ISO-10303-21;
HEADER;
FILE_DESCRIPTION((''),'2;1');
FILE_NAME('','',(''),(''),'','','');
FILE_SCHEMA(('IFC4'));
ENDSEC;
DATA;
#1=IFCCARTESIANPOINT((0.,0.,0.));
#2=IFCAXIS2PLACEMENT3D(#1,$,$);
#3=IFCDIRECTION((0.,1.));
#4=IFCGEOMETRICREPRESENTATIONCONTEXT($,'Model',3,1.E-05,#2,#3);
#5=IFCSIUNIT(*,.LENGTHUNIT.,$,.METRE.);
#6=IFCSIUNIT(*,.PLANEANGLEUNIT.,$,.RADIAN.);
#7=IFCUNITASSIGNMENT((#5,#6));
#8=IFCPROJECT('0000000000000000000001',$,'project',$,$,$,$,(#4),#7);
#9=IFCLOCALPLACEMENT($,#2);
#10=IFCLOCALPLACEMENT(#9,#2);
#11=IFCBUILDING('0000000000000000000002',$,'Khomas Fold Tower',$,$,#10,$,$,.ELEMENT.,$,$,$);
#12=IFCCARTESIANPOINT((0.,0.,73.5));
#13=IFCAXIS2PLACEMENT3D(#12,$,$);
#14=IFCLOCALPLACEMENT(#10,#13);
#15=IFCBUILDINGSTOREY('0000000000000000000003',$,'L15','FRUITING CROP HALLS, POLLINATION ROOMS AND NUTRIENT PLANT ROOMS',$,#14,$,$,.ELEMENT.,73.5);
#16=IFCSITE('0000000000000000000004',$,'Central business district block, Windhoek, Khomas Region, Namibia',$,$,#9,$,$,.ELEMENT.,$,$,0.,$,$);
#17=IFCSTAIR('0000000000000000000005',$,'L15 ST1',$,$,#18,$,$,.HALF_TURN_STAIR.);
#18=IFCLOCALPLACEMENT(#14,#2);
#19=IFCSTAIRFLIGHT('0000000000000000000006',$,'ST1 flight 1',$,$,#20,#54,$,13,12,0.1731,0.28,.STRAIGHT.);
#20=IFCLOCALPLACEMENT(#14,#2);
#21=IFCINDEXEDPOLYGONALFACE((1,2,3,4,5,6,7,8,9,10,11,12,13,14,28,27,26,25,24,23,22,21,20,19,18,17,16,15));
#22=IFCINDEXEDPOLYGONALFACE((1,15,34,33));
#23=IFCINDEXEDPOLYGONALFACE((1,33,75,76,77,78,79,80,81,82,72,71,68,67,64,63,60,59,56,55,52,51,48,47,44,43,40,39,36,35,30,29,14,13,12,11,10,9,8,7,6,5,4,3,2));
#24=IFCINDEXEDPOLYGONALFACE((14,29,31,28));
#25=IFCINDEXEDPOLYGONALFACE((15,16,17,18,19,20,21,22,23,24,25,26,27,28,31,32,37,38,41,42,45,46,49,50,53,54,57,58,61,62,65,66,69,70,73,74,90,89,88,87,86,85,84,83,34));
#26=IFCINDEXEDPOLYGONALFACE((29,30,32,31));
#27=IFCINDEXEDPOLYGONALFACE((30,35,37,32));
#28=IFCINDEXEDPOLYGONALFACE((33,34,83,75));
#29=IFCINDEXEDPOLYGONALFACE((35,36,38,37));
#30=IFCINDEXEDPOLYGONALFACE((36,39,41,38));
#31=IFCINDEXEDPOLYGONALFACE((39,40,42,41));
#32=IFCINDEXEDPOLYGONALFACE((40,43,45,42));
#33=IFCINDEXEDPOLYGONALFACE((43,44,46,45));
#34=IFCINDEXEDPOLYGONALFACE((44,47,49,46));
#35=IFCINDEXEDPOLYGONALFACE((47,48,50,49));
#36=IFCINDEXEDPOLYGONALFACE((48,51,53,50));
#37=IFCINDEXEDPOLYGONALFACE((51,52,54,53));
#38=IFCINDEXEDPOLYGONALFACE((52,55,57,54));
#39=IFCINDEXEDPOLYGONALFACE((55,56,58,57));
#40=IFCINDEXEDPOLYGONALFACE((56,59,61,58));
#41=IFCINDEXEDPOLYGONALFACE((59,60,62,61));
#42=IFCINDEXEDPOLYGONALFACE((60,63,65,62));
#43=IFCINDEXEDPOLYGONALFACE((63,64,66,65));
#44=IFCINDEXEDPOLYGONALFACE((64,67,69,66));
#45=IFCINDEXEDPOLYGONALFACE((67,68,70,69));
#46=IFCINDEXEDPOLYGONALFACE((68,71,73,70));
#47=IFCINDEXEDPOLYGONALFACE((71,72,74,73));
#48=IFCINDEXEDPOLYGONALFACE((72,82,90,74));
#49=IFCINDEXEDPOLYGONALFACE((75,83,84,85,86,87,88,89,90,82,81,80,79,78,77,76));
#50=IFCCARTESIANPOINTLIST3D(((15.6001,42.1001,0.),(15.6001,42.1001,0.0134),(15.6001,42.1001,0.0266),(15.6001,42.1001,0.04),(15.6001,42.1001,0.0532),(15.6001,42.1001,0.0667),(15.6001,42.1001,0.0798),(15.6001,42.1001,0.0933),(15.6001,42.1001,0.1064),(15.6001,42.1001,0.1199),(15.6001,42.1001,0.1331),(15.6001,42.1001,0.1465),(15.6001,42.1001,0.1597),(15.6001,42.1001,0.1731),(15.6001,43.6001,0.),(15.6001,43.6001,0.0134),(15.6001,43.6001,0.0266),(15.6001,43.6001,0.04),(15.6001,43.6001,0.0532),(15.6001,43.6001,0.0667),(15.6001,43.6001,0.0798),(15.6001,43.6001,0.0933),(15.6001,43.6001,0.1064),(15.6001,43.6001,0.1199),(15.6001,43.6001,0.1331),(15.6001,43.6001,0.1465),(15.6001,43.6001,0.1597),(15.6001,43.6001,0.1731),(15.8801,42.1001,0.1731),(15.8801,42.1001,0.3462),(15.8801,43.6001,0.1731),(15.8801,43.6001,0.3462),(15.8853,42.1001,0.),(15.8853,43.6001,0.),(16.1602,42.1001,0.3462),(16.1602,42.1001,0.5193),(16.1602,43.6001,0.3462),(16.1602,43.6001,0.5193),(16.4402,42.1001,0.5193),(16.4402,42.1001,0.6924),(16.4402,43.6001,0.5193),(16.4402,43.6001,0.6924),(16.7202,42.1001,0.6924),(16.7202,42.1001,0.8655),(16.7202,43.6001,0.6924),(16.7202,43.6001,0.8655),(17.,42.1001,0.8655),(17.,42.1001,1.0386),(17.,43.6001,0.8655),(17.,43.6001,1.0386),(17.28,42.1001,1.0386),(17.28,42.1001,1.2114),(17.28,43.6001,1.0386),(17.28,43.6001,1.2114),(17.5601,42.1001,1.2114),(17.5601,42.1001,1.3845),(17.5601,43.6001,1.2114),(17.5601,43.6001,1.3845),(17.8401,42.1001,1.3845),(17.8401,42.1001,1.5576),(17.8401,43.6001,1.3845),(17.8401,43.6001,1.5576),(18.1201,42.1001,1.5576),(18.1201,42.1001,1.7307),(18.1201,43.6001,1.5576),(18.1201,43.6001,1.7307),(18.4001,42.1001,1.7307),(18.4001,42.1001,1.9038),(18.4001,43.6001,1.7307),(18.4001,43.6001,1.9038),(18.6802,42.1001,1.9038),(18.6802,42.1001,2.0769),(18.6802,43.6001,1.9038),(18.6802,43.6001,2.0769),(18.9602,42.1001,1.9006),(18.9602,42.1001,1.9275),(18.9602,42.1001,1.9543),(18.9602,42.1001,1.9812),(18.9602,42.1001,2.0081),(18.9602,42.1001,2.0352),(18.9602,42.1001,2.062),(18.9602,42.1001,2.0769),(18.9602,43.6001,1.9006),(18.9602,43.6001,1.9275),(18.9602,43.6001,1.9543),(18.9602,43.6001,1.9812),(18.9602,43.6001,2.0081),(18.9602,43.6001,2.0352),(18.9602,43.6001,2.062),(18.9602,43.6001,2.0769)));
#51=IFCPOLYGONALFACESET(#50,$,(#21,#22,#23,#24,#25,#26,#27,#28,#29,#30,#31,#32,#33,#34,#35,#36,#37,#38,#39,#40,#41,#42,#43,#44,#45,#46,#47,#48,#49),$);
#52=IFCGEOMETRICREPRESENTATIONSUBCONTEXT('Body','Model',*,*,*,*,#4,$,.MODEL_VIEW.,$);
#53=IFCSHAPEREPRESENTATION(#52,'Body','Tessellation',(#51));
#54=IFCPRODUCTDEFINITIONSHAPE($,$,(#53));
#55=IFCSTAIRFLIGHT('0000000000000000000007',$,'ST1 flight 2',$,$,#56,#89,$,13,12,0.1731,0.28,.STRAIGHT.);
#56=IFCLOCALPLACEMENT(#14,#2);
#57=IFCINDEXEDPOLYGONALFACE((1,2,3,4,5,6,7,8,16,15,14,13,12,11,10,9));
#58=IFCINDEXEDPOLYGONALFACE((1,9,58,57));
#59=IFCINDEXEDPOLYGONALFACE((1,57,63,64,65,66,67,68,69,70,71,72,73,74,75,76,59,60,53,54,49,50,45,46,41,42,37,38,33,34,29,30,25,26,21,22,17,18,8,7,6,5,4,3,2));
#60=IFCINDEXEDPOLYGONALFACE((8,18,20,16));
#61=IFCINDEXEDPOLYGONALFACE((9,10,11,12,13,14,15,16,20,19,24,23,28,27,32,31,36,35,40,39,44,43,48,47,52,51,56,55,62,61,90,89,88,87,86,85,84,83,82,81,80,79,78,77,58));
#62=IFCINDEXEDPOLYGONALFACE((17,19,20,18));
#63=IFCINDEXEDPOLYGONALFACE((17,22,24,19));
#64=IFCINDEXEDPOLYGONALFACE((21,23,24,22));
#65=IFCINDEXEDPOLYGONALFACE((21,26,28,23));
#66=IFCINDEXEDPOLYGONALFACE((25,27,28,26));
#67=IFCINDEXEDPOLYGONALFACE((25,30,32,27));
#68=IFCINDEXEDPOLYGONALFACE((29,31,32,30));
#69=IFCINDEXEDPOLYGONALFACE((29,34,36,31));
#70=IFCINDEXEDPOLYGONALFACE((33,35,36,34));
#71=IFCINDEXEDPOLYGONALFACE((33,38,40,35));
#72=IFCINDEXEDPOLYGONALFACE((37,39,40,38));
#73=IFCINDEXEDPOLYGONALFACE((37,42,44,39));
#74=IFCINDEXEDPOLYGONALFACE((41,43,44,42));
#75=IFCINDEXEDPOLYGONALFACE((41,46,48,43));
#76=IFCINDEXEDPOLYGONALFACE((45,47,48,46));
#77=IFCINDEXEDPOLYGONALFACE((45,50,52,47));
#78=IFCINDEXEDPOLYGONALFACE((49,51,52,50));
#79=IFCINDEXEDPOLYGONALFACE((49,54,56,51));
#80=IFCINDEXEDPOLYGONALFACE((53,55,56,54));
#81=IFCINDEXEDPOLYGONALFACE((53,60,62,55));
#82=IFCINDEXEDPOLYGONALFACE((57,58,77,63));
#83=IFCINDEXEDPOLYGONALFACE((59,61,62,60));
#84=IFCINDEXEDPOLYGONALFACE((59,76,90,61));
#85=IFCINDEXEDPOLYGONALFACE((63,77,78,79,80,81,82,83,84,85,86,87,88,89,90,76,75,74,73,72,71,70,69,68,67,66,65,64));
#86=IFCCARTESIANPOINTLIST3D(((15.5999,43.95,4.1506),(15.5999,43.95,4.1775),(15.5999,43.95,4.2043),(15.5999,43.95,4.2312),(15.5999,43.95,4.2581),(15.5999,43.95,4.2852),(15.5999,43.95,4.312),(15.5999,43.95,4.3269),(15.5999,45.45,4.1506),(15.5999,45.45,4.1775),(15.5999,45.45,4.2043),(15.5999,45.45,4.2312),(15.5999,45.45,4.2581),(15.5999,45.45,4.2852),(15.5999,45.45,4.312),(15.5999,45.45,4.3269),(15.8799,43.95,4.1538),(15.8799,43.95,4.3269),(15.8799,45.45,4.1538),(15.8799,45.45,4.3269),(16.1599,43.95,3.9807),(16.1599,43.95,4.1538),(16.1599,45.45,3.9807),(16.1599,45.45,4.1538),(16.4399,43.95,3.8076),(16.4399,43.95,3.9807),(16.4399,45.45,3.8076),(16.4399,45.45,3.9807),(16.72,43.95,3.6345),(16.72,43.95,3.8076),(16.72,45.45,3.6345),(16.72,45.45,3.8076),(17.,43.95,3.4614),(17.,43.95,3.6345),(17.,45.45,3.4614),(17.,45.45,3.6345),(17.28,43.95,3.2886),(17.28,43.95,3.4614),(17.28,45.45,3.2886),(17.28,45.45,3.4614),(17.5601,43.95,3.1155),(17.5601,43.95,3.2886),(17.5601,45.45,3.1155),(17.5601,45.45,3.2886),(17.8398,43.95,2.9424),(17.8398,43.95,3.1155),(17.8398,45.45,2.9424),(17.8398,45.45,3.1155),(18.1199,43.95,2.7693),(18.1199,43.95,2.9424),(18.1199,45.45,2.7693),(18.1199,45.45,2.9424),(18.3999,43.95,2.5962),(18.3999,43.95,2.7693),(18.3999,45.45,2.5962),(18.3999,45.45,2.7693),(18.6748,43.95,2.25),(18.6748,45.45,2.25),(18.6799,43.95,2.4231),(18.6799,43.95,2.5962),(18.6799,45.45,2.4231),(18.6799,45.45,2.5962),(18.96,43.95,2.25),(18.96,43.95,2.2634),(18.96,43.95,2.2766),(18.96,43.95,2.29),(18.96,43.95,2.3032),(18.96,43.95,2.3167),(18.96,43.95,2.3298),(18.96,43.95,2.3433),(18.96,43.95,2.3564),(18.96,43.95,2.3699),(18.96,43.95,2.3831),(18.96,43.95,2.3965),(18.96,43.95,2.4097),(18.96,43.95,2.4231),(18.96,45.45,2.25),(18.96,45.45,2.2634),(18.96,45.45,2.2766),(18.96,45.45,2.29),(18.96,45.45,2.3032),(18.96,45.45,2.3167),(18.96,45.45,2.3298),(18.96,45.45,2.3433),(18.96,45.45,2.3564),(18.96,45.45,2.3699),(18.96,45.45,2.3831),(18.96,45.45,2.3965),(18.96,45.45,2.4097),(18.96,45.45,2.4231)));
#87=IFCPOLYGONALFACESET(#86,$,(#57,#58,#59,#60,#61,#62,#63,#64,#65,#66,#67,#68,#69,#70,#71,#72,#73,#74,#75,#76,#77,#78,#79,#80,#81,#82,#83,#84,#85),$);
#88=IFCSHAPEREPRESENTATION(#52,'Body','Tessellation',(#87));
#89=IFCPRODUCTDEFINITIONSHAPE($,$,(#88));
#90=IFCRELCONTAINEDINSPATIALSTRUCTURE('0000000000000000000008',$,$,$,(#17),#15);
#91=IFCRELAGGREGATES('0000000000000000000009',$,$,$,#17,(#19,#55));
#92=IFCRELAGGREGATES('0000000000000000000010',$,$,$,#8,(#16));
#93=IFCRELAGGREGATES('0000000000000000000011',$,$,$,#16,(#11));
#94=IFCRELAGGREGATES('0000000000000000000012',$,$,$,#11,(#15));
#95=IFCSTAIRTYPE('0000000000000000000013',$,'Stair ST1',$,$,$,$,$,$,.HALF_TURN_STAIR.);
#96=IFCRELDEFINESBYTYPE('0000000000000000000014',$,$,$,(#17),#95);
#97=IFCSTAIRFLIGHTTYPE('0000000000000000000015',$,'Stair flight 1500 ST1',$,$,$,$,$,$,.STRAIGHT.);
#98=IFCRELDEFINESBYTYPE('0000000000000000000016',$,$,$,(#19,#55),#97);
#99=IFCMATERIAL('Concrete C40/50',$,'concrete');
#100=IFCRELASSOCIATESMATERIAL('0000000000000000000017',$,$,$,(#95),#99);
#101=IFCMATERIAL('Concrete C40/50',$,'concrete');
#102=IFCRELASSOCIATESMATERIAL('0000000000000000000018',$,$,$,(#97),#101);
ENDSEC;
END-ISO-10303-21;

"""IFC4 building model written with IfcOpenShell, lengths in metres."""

from ifc_helpers import new_model, si_unit, direction, frame, origin, place, context, subcontext, project, spatial, polyline, outline, extrude, source, transform, mapped, material, type_object, element, aggregate, save


model = new_model("IFC4")

# Units and contexts
model_context = context("Model", 3, precision=1e-05, world=origin(), true_north=direction((0.0, 1.0)))
body_context = subcontext(model_context, "Body", "Model", "MODEL_VIEW")
ifc_project = project(units=[si_unit("LENGTHUNIT", "METRE"), si_unit("PLANEANGLEUNIT", "RADIAN")], contexts=[model_context])

# Site, building, storey
site_placement = place(None, origin())
site = spatial("IfcSite", under=ifc_project, at=site_placement, Name="Central business district block, Windhoek, Khomas Region, Namibia", CompositionType="ELEMENT", RefElevation=0.0)
building_placement = place(site_placement, origin())
building = spatial("IfcBuilding", under=site, at=building_placement, Name="Khomas Fold Tower", CompositionType="ELEMENT")
storey_placement = place(building_placement, frame((0.0, 0.0, 73.5)))
storey = spatial("IfcBuildingStorey", under=building, at=storey_placement, Name="L15", Description="FRUITING CROP HALLS, POLLINATION ROOMS AND NUTRIENT PLANT ROOMS", CompositionType="ELEMENT", Elevation=73.5)

# Stair, stair flights
ifc_material_1 = material(Name="Concrete C40/50", Category="concrete")
stair_type = type_object("IfcStairType", Name="Stair ST1", PredefinedType="HALF_TURN_STAIR", material=ifc_material_1)
stair_placement = place(storey_placement, origin())
stair = element("IfcStair", 1, at=stair_placement, inside=storey, type_object=stair_type, Name="L15 ST1", PredefinedType="HALF_TURN_STAIR")
ifc_material_2 = material(Name="Concrete C40/50", Category="concrete")
stair_flight_type = type_object("IfcStairFlightType", Name="Stair flight 1500 ST1", PredefinedType="STRAIGHT", material=ifc_material_2)
shared_shape_1 = source(origin(), body_context, "Body", "SweptSolid", [
    extrude(outline(polyline([(0.0, 0.0), (0.0, 0.0134), (0.0, 0.0266), (0.0, 0.04), (0.0, 0.0532), (0.0, 0.0667), (0.0, 0.0798), (0.0, 0.0933), (0.0, 0.1064), (0.0, 0.1199), (0.0, 0.1331), (0.0, 0.1465), (0.0, 0.1597), (0.0, 0.1731), (0.28, 0.1731), (0.28, 0.3462), (0.5601, 0.3462), (0.5601, 0.5193), (0.8401, 0.5193), (0.8401, 0.6924), (1.1201, 0.6924), (1.1201, 0.8655), (1.3999, 0.8655), (1.3999, 1.0386), (1.6799, 1.0386), (1.6799, 1.2114), (1.96, 1.2114), (1.96, 1.3845), (2.24, 1.3845), (2.24, 1.5576), (2.52, 1.5576), (2.52, 1.7307), (2.8, 1.7307), (2.8, 1.9038), (3.0801, 1.9038), (3.0801, 2.0769), (3.3601, 2.0769), (3.3601, 2.25), (3.3601, 2.2231), (3.3601, 2.1963), (3.3601, 2.1694), (3.3601, 2.1426), (3.3601, 2.1157), (3.3601, 2.0889), (3.3601, 2.062), (3.3601, 2.0352), (3.3601, 2.0081), (3.3601, 1.9812), (3.3601, 1.9543), (3.3601, 1.9275), (3.3601, 1.9006), (0.2852, 0.0), (0.0, 0.0)])), frame((0.0, 0.75, 0.0), z_axis=(0.0, -1.0, 0.0), x_axis=(1.0, 0.0, 0.0)), (0.0, 0.0, 1.0), 1.5),
])
stair_flight_1_placement = place(storey_placement, frame((15.6001, 42.8501, 0.0), z_axis=(0.0, 0.0, 1.0), x_axis=(1.0, 0.0, 0.0)))
stair_flight_1 = element("IfcStairFlight", 2, at=stair_flight_1_placement, type_object=stair_flight_type, Name="ST1 flight 1", NumberOfRisers=13, NumberOfTreads=12, PredefinedType="STRAIGHT", RiserHeight=0.1731, TreadLength=0.28, context=body_context, shape_type="MappedRepresentation", body=[
    mapped(shared_shape_1, transform((0.0, 0.0, 0.0))),
])
stair_flight_2_placement = place(storey_placement, frame((18.96, 44.7, 2.25), z_axis=(0.0, 0.0, 1.0), x_axis=(-1.0, 0.0, 0.0)))
stair_flight_2 = element("IfcStairFlight", 3, at=stair_flight_2_placement, type_object=stair_flight_type, Name="ST1 flight 2", NumberOfRisers=13, NumberOfTreads=12, PredefinedType="STRAIGHT", RiserHeight=0.1731, TreadLength=0.28, context=body_context, shape_type="MappedRepresentation", body=[
    mapped(shared_shape_1, transform((0.0, 0.0, 0.0))),
])
aggregate(stair, [stair_flight_1, stair_flight_2])

save(model, "model.ifc")
